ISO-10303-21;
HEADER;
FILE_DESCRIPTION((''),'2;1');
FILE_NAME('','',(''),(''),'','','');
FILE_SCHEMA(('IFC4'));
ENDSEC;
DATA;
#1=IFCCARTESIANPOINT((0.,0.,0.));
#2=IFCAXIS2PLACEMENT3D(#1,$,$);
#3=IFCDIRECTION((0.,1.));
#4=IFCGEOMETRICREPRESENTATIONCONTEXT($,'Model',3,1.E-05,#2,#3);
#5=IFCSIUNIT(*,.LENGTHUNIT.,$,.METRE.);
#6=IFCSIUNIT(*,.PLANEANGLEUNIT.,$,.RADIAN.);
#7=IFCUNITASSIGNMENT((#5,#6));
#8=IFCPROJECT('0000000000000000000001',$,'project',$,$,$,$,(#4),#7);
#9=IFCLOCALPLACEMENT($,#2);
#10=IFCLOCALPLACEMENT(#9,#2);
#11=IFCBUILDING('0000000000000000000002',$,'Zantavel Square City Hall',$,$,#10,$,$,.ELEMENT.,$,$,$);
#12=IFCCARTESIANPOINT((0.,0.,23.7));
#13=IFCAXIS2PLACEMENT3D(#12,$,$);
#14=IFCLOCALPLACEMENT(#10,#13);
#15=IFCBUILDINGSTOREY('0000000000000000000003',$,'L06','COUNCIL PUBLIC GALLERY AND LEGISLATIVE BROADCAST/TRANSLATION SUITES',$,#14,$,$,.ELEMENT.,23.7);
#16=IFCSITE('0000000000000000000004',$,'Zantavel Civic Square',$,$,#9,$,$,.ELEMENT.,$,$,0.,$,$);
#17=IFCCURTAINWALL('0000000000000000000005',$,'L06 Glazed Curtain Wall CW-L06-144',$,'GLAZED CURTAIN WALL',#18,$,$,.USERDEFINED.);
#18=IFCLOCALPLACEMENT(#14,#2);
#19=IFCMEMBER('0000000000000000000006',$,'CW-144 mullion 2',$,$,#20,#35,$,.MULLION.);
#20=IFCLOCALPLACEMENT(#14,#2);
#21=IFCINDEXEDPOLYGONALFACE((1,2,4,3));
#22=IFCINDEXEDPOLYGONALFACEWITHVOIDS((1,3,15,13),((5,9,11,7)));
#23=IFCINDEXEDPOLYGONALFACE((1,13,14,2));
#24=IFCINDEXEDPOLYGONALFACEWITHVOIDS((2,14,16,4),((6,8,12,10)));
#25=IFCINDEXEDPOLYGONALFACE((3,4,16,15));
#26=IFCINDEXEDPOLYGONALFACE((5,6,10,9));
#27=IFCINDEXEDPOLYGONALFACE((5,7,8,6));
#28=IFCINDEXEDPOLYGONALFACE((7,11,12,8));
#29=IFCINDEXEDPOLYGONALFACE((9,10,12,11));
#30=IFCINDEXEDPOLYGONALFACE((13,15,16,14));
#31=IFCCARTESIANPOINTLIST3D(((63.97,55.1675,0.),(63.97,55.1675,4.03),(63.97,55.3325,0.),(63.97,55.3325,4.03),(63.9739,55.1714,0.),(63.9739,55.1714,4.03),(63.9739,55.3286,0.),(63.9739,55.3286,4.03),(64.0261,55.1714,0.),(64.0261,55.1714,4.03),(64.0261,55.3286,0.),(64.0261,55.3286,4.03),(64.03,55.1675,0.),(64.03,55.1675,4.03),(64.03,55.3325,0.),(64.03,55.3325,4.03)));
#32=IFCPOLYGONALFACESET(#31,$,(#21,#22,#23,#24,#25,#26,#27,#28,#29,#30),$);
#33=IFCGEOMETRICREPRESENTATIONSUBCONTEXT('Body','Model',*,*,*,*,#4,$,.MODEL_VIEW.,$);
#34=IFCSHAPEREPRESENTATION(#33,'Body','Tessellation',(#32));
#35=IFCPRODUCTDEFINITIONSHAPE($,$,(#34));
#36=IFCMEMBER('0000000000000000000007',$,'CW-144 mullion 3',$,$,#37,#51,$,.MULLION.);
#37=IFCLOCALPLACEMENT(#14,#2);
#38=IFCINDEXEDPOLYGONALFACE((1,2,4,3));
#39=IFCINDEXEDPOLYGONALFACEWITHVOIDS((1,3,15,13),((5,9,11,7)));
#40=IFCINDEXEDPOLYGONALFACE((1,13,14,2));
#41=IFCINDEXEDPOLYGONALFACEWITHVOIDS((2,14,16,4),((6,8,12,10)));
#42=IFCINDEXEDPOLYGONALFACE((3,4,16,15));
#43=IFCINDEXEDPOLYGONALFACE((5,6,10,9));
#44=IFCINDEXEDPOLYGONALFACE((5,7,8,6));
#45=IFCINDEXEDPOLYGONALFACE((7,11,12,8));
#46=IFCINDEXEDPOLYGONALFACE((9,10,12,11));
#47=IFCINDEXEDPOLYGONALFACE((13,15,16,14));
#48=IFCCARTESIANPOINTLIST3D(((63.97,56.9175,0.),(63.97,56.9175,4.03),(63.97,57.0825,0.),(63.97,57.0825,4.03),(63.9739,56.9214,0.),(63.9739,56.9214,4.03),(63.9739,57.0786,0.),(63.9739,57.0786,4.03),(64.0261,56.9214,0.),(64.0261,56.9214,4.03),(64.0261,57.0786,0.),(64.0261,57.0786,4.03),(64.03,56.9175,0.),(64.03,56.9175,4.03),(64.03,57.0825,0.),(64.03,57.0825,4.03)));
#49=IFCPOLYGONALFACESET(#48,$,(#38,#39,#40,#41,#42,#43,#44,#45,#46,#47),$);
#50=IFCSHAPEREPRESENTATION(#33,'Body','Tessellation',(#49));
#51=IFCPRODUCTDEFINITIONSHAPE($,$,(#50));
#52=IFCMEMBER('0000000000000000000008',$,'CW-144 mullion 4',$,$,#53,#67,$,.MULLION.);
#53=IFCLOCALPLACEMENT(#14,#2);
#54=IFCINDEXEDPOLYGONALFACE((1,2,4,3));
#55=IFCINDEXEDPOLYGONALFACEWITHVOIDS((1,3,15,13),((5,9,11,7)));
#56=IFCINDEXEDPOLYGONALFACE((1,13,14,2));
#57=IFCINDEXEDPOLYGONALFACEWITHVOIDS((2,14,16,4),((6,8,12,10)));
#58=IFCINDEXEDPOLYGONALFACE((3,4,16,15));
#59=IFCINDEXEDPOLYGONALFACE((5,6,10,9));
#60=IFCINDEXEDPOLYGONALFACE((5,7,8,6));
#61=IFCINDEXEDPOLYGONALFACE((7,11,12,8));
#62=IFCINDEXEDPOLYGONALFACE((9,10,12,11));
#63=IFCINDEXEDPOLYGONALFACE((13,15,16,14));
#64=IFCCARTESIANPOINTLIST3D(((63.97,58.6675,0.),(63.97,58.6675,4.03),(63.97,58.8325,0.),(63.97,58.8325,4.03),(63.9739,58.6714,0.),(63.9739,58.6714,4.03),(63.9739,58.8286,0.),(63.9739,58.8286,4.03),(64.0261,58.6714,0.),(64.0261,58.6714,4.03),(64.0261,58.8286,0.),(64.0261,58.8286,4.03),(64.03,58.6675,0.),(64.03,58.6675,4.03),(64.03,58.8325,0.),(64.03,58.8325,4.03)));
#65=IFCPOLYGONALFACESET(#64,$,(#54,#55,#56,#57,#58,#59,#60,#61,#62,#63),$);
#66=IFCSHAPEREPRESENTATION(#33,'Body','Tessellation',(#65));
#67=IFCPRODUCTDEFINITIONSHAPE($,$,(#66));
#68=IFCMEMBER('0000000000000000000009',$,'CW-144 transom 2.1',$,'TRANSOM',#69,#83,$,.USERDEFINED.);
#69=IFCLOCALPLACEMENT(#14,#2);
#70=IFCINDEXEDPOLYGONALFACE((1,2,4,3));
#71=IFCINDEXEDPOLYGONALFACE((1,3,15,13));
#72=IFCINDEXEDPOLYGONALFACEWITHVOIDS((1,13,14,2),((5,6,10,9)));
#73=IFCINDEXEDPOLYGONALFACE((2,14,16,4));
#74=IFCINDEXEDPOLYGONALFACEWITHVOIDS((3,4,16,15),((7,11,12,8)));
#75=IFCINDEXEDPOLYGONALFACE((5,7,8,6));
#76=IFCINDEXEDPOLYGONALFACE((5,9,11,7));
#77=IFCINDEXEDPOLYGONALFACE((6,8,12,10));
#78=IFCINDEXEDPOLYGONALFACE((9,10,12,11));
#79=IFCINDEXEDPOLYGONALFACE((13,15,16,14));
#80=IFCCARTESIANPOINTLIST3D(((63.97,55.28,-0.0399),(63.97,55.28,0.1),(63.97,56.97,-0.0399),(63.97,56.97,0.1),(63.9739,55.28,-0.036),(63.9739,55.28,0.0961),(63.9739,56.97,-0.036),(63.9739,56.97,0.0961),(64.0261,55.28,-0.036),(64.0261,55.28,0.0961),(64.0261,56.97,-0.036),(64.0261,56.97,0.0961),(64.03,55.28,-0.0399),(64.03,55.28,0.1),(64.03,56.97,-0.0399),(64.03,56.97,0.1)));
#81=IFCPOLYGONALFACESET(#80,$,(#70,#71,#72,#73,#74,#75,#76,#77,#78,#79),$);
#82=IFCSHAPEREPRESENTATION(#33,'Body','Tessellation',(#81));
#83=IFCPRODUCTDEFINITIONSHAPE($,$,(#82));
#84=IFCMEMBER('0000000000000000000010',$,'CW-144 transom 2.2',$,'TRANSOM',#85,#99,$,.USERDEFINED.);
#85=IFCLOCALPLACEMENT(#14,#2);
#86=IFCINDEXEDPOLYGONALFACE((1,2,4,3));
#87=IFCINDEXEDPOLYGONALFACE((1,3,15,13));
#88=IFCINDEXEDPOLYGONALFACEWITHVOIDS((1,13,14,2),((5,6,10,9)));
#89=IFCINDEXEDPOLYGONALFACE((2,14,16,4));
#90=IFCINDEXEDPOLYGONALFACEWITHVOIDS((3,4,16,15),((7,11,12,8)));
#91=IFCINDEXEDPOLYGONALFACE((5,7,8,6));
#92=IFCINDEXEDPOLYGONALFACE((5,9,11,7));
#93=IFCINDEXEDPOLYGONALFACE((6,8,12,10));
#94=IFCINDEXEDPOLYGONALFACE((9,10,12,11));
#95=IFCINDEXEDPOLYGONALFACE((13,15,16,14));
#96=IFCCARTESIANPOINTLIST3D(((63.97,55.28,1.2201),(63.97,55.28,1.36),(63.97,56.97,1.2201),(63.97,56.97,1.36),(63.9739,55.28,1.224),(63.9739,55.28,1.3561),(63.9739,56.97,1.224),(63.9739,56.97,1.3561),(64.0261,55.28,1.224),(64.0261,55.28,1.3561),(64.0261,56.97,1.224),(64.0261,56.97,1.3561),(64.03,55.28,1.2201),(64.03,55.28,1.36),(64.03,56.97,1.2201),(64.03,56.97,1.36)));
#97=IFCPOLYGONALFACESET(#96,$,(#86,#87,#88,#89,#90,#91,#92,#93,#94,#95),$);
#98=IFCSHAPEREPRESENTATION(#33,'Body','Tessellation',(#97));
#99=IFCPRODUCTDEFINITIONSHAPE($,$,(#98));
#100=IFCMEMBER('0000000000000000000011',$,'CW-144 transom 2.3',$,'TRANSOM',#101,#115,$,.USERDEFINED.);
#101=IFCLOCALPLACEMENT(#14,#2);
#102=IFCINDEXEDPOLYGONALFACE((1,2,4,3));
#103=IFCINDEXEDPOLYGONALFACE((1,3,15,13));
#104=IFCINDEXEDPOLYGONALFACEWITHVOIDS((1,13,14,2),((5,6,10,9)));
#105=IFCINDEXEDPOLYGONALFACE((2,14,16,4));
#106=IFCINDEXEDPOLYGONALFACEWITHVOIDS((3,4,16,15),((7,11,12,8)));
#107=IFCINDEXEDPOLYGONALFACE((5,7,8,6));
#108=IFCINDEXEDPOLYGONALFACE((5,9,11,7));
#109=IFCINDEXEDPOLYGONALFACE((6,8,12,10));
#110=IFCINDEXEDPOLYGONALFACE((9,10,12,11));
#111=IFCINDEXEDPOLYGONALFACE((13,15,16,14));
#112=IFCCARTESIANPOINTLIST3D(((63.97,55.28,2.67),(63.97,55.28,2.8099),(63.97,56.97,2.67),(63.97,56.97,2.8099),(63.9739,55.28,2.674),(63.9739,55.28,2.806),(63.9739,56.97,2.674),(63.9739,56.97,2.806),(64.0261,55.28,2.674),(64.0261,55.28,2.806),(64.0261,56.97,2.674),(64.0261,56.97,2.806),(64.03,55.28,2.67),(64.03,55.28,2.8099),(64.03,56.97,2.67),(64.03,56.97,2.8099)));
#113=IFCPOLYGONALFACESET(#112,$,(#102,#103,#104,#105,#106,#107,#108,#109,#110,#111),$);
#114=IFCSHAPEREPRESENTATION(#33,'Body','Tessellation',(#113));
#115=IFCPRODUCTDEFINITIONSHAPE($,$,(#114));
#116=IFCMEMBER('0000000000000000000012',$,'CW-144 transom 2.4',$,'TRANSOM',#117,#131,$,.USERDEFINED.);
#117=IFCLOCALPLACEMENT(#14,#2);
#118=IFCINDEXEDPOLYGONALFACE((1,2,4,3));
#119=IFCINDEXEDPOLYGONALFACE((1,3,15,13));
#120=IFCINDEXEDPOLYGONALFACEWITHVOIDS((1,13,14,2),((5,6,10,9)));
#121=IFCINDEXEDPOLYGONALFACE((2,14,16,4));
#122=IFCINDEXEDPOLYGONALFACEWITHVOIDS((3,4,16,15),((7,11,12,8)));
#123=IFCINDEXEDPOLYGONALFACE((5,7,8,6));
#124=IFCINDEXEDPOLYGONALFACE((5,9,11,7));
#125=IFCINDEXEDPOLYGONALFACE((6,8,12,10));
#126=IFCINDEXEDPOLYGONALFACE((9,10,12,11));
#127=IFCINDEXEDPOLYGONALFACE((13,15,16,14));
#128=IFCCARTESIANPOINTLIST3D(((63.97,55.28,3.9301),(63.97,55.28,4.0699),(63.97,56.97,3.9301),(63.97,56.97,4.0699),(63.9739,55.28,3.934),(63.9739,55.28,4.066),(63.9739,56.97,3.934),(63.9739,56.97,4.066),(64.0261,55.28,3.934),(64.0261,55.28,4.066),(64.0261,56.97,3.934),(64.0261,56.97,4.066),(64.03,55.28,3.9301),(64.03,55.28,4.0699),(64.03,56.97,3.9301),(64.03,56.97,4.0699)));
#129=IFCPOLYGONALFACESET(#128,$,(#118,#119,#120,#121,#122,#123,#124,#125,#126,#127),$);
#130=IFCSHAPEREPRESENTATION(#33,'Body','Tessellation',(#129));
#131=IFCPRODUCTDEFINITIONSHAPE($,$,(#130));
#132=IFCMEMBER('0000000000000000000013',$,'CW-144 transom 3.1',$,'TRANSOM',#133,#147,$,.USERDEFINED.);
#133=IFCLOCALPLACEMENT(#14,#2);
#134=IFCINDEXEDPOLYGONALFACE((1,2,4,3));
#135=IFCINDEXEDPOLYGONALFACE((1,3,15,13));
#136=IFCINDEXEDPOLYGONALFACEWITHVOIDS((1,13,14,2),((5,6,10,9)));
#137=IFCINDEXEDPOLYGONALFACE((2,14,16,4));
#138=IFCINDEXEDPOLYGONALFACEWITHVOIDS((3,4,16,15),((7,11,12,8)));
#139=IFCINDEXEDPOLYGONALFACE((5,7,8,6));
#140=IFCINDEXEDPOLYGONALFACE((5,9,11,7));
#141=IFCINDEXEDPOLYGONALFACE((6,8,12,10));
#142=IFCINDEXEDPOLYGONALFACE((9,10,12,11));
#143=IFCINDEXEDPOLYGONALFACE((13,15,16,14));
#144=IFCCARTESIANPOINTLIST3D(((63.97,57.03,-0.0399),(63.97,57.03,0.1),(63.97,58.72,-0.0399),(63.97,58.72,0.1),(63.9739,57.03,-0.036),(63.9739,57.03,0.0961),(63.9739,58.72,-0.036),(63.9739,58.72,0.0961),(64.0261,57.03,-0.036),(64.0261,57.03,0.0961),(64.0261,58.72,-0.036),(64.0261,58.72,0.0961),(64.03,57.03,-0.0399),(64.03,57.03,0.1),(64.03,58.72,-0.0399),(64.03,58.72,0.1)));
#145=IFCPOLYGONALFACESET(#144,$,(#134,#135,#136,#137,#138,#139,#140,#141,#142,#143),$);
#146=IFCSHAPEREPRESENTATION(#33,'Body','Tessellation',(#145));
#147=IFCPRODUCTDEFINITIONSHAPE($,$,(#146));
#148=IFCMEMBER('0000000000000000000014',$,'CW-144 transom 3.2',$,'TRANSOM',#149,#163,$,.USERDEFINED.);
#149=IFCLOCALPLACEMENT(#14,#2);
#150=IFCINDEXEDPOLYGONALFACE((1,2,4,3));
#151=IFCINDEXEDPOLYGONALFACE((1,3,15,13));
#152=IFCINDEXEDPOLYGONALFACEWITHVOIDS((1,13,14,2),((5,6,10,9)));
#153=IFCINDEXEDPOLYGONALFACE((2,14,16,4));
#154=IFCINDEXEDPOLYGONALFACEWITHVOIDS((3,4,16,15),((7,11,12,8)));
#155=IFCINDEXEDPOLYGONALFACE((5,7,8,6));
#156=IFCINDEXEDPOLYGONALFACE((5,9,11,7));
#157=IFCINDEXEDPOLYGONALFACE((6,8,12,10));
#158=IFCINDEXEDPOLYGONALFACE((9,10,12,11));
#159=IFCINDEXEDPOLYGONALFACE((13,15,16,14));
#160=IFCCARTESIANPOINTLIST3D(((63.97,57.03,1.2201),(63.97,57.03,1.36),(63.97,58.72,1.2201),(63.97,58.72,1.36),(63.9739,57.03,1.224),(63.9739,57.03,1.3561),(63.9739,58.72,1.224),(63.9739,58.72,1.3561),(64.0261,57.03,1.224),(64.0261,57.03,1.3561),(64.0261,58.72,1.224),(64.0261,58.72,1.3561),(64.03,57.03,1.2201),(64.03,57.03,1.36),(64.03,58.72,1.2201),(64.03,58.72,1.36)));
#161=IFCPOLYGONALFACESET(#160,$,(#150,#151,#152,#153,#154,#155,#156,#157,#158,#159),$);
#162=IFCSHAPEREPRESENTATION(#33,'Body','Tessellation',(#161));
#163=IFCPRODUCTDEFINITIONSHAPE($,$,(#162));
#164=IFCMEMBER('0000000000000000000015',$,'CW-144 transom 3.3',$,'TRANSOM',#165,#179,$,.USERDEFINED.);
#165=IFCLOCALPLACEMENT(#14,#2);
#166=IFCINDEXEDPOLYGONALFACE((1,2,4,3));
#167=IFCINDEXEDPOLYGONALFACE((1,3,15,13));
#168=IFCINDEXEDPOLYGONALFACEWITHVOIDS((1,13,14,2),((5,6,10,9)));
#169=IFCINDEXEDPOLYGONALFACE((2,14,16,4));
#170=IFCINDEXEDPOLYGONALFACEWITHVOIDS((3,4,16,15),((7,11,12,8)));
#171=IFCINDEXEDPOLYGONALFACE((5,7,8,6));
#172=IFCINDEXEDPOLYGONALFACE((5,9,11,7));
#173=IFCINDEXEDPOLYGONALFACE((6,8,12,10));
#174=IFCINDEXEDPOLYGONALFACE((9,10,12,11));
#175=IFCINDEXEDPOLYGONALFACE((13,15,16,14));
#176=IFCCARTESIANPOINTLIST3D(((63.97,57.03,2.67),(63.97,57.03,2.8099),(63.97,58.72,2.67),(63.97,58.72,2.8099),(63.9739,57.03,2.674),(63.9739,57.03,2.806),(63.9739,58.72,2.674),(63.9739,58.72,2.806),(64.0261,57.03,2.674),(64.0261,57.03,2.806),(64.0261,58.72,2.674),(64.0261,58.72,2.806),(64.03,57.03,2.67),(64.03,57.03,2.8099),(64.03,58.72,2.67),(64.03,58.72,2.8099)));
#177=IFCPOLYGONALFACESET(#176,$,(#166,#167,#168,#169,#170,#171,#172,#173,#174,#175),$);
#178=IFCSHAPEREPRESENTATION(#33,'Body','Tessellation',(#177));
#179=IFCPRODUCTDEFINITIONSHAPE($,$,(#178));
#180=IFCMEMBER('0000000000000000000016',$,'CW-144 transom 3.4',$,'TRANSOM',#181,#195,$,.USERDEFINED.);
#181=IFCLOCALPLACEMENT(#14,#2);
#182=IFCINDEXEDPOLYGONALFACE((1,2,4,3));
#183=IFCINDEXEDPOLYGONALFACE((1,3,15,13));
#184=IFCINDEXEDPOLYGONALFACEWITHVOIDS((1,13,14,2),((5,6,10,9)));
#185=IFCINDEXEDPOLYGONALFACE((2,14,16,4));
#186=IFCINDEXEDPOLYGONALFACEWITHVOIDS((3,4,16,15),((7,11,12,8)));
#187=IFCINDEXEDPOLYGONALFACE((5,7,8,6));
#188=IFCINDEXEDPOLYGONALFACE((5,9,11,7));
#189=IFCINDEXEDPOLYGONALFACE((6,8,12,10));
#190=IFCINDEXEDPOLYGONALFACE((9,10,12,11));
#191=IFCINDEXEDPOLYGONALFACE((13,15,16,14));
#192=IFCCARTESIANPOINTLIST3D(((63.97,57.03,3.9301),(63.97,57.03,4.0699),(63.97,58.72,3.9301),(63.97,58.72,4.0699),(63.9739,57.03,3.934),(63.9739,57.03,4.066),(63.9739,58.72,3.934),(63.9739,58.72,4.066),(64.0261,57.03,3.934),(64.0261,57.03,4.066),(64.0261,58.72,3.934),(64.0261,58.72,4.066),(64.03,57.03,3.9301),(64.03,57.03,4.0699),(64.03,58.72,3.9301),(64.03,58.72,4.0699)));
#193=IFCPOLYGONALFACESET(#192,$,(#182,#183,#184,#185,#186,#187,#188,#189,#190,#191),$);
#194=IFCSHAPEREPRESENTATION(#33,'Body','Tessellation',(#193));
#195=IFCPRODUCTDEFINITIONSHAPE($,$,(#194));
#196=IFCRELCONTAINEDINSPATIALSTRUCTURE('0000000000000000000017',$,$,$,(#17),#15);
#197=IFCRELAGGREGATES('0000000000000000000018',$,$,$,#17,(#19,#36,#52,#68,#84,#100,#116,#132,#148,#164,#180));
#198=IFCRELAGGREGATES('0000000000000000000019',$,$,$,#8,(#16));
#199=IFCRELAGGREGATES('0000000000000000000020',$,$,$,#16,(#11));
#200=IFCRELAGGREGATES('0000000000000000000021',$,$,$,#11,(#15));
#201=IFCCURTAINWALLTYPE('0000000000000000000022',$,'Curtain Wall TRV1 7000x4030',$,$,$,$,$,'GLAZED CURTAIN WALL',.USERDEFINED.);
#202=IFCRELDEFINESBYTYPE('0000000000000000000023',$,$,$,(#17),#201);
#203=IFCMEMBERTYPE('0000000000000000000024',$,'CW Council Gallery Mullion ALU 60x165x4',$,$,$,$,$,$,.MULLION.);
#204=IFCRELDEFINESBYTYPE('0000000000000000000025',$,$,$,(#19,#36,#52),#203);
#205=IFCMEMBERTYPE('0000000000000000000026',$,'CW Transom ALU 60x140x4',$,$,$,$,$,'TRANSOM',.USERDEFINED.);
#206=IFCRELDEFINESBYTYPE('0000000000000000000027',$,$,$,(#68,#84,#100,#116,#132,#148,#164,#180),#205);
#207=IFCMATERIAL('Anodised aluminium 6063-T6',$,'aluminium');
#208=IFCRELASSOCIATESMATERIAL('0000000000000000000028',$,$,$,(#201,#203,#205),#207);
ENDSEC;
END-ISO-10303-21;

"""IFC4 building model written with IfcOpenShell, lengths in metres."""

from ifc_helpers import new_model, si_unit, direction, frame, origin, origin_2d, place, context, subcontext, project, spatial, hollow_rectangle, extrude, material, material_profile, profile_set, type_object, element, aggregate, save


model = new_model("IFC4")

# Units and contexts
model_context = context("Model", 3, precision=1e-05, world=origin(), true_north=direction((0.0, 1.0)))
body_context = subcontext(model_context, "Body", "Model", "MODEL_VIEW")
ifc_project = project(units=[si_unit("LENGTHUNIT", "METRE"), si_unit("PLANEANGLEUNIT", "RADIAN")], contexts=[model_context])

# Site, building, storey
site_placement = place(None, origin())
site = spatial("IfcSite", under=ifc_project, at=site_placement, Name="Zantavel Civic Square", CompositionType="ELEMENT", RefElevation=0.0)
building_placement = place(site_placement, origin())
building = spatial("IfcBuilding", under=site, at=building_placement, Name="Zantavel Square City Hall", CompositionType="ELEMENT")
storey_placement = place(building_placement, frame((0.0, 0.0, 23.7)))
storey = spatial("IfcBuildingStorey", under=building, at=storey_placement, Name="L06", Description="COUNCIL PUBLIC GALLERY AND LEGISLATIVE BROADCAST/TRANSLATION SUITES", CompositionType="ELEMENT", Elevation=23.7)

# Curtain wall, members
ifc_material_1 = material(Name="Anodised aluminium 6063-T6", Category="aluminium")
curtain_wall_type = type_object("IfcCurtainWallType", Name="Curtain Wall TRV1 7000x4030", ElementType="GLAZED CURTAIN WALL", PredefinedType="USERDEFINED", material=ifc_material_1)
curtain_wall_placement = place(storey_placement, origin())
curtain_wall = element("IfcCurtainWall", 1, at=curtain_wall_placement, inside=storey, type_object=curtain_wall_type, Name="L06 Glazed Curtain Wall CW-L06-144", ObjectType="GLAZED CURTAIN WALL", PredefinedType="USERDEFINED")
ifc_material_profile_1 = material_profile(ifc_material_1, hollow_rectangle(XDim=0.0601, YDim=0.165, WallThickness=0.0039, at=origin_2d()), Name="ALU 60x165x4")
ifc_profile_set_1 = profile_set([ifc_material_profile_1], Name="Anodised aluminium 6063-T6")
member_type_1 = type_object("IfcMemberType", Name="CW Council Gallery Mullion ALU 60x165x4", PredefinedType="MULLION", material=ifc_profile_set_1)
member_1_placement = place(storey_placement, frame((64.0, 55.25, 0.0), z_axis=(0.0, 0.0, 1.0), x_axis=(-1.0, 0.0, 0.0)))
member_1 = element("IfcMember", 2, at=member_1_placement, type_object=member_type_1, Name="CW-144 mullion 2", PredefinedType="MULLION", context=body_context, shape_type="SweptSolid", body=[
    extrude(hollow_rectangle(XDim=0.0601, YDim=0.165, WallThickness=0.0039, at=origin_2d()), origin(), (0.0, 0.0, 1.0), 4.03),
])
member_2_placement = place(storey_placement, frame((64.0, 57.0, 0.0), z_axis=(0.0, 0.0, 1.0), x_axis=(-1.0, 0.0, 0.0)))
member_2 = element("IfcMember", 3, at=member_2_placement, type_object=member_type_1, Name="CW-144 mullion 3", PredefinedType="MULLION", context=body_context, shape_type="SweptSolid", body=[
    extrude(hollow_rectangle(XDim=0.0601, YDim=0.165, WallThickness=0.0039, at=origin_2d()), origin(), (0.0, 0.0, 1.0), 4.03),
])
member_3_placement = place(storey_placement, frame((64.0, 58.75, 0.0), z_axis=(0.0, 0.0, 1.0), x_axis=(-1.0, 0.0, 0.0)))
member_3 = element("IfcMember", 4, at=member_3_placement, type_object=member_type_1, Name="CW-144 mullion 4", PredefinedType="MULLION", context=body_context, shape_type="SweptSolid", body=[
    extrude(hollow_rectangle(XDim=0.0601, YDim=0.165, WallThickness=0.0039, at=origin_2d()), origin(), (0.0, 0.0, 1.0), 4.03),
])
ifc_material_profile_2 = material_profile(ifc_material_1, hollow_rectangle(XDim=0.0601, YDim=0.1399, WallThickness=0.0039, at=origin_2d()), Name="ALU 60x140x4")
ifc_profile_set_2 = profile_set([ifc_material_profile_2], Name="Anodised aluminium 6063-T6")
member_type_2 = type_object("IfcMemberType", Name="CW Transom ALU 60x140x4", ElementType="TRANSOM", PredefinedType="USERDEFINED", material=ifc_profile_set_2)
member_4_placement = place(storey_placement, frame((64.0, 55.28, 0.03), z_axis=(0.0, 1.0, 0.0), x_axis=(-1.0, 0.0, 0.0)))
member_4 = element("IfcMember", 5, at=member_4_placement, type_object=member_type_2, Name="CW-144 transom 2.1", ObjectType="TRANSOM", PredefinedType="USERDEFINED", context=body_context, shape_type="SweptSolid", body=[
    extrude(hollow_rectangle(XDim=0.0601, YDim=0.1399, WallThickness=0.0039, at=origin_2d()), origin(), (0.0, 0.0, 1.0), 1.6899),
])
member_5_placement = place(storey_placement, frame((64.0, 55.28, 1.29), z_axis=(0.0, 1.0, 0.0), x_axis=(-1.0, 0.0, 0.0)))
member_5 = element("IfcMember", 6, at=member_5_placement, type_object=member_type_2, Name="CW-144 transom 2.2", ObjectType="TRANSOM", PredefinedType="USERDEFINED", context=body_context, shape_type="SweptSolid", body=[
    extrude(hollow_rectangle(XDim=0.0601, YDim=0.1399, WallThickness=0.0039, at=origin_2d()), origin(), (0.0, 0.0, 1.0), 1.6899),
])
member_6_placement = place(storey_placement, frame((64.0, 55.28, 2.74), z_axis=(0.0, 1.0, 0.0), x_axis=(-1.0, 0.0, 0.0)))
member_6 = element("IfcMember", 7, at=member_6_placement, type_object=member_type_2, Name="CW-144 transom 2.3", ObjectType="TRANSOM", PredefinedType="USERDEFINED", context=body_context, shape_type="SweptSolid", body=[
    extrude(hollow_rectangle(XDim=0.0601, YDim=0.1399, WallThickness=0.0039, at=origin_2d()), origin(), (0.0, 0.0, 1.0), 1.6899),
])
member_7_placement = place(storey_placement, frame((64.0, 55.28, 4.0), z_axis=(0.0, 1.0, 0.0), x_axis=(-1.0, 0.0, 0.0)))
member_7 = element("IfcMember", 8, at=member_7_placement, type_object=member_type_2, Name="CW-144 transom 2.4", ObjectType="TRANSOM", PredefinedType="USERDEFINED", context=body_context, shape_type="SweptSolid", body=[
    extrude(hollow_rectangle(XDim=0.0601, YDim=0.1399, WallThickness=0.0039, at=origin_2d()), origin(), (0.0, 0.0, 1.0), 1.6899),
])
member_8_placement = place(storey_placement, frame((64.0, 57.03, 0.03), z_axis=(0.0, 1.0, 0.0), x_axis=(-1.0, 0.0, 0.0)))
member_8 = element("IfcMember", 9, at=member_8_placement, type_object=member_type_2, Name="CW-144 transom 3.1", ObjectType="TRANSOM", PredefinedType="USERDEFINED", context=body_context, shape_type="SweptSolid", body=[
    extrude(hollow_rectangle(XDim=0.0601, YDim=0.1399, WallThickness=0.0039, at=origin_2d()), origin(), (0.0, 0.0, 1.0), 1.6899),
])
member_9_placement = place(storey_placement, frame((64.0, 57.03, 1.29), z_axis=(0.0, 1.0, 0.0), x_axis=(-1.0, 0.0, 0.0)))
member_9 = element("IfcMember", 10, at=member_9_placement, type_object=member_type_2, Name="CW-144 transom 3.2", ObjectType="TRANSOM", PredefinedType="USERDEFINED", context=body_context, shape_type="SweptSolid", body=[
    extrude(hollow_rectangle(XDim=0.0601, YDim=0.1399, WallThickness=0.0039, at=origin_2d()), origin(), (0.0, 0.0, 1.0), 1.6899),
])
member_10_placement = place(storey_placement, frame((64.0, 57.03, 2.74), z_axis=(0.0, 1.0, 0.0), x_axis=(-1.0, 0.0, 0.0)))
member_10 = element("IfcMember", 11, at=member_10_placement, type_object=member_type_2, Name="CW-144 transom 3.3", ObjectType="TRANSOM", PredefinedType="USERDEFINED", context=body_context, shape_type="SweptSolid", body=[
    extrude(hollow_rectangle(XDim=0.0601, YDim=0.1399, WallThickness=0.0039, at=origin_2d()), origin(), (0.0, 0.0, 1.0), 1.6899),
])
member_11_placement = place(storey_placement, frame((64.0, 57.03, 4.0), z_axis=(0.0, 1.0, 0.0), x_axis=(-1.0, 0.0, 0.0)))
member_11 = element("IfcMember", 12, at=member_11_placement, type_object=member_type_2, Name="CW-144 transom 3.4", ObjectType="TRANSOM", PredefinedType="USERDEFINED", context=body_context, shape_type="SweptSolid", body=[
    extrude(hollow_rectangle(XDim=0.0601, YDim=0.1399, WallThickness=0.0039, at=origin_2d()), origin(), (0.0, 0.0, 1.0), 1.6899),
])
aggregate(curtain_wall, [member_1, member_2, member_3, member_4, member_5, member_6, member_7, member_8, member_9, member_10, member_11])

save(model, "model.ifc")
